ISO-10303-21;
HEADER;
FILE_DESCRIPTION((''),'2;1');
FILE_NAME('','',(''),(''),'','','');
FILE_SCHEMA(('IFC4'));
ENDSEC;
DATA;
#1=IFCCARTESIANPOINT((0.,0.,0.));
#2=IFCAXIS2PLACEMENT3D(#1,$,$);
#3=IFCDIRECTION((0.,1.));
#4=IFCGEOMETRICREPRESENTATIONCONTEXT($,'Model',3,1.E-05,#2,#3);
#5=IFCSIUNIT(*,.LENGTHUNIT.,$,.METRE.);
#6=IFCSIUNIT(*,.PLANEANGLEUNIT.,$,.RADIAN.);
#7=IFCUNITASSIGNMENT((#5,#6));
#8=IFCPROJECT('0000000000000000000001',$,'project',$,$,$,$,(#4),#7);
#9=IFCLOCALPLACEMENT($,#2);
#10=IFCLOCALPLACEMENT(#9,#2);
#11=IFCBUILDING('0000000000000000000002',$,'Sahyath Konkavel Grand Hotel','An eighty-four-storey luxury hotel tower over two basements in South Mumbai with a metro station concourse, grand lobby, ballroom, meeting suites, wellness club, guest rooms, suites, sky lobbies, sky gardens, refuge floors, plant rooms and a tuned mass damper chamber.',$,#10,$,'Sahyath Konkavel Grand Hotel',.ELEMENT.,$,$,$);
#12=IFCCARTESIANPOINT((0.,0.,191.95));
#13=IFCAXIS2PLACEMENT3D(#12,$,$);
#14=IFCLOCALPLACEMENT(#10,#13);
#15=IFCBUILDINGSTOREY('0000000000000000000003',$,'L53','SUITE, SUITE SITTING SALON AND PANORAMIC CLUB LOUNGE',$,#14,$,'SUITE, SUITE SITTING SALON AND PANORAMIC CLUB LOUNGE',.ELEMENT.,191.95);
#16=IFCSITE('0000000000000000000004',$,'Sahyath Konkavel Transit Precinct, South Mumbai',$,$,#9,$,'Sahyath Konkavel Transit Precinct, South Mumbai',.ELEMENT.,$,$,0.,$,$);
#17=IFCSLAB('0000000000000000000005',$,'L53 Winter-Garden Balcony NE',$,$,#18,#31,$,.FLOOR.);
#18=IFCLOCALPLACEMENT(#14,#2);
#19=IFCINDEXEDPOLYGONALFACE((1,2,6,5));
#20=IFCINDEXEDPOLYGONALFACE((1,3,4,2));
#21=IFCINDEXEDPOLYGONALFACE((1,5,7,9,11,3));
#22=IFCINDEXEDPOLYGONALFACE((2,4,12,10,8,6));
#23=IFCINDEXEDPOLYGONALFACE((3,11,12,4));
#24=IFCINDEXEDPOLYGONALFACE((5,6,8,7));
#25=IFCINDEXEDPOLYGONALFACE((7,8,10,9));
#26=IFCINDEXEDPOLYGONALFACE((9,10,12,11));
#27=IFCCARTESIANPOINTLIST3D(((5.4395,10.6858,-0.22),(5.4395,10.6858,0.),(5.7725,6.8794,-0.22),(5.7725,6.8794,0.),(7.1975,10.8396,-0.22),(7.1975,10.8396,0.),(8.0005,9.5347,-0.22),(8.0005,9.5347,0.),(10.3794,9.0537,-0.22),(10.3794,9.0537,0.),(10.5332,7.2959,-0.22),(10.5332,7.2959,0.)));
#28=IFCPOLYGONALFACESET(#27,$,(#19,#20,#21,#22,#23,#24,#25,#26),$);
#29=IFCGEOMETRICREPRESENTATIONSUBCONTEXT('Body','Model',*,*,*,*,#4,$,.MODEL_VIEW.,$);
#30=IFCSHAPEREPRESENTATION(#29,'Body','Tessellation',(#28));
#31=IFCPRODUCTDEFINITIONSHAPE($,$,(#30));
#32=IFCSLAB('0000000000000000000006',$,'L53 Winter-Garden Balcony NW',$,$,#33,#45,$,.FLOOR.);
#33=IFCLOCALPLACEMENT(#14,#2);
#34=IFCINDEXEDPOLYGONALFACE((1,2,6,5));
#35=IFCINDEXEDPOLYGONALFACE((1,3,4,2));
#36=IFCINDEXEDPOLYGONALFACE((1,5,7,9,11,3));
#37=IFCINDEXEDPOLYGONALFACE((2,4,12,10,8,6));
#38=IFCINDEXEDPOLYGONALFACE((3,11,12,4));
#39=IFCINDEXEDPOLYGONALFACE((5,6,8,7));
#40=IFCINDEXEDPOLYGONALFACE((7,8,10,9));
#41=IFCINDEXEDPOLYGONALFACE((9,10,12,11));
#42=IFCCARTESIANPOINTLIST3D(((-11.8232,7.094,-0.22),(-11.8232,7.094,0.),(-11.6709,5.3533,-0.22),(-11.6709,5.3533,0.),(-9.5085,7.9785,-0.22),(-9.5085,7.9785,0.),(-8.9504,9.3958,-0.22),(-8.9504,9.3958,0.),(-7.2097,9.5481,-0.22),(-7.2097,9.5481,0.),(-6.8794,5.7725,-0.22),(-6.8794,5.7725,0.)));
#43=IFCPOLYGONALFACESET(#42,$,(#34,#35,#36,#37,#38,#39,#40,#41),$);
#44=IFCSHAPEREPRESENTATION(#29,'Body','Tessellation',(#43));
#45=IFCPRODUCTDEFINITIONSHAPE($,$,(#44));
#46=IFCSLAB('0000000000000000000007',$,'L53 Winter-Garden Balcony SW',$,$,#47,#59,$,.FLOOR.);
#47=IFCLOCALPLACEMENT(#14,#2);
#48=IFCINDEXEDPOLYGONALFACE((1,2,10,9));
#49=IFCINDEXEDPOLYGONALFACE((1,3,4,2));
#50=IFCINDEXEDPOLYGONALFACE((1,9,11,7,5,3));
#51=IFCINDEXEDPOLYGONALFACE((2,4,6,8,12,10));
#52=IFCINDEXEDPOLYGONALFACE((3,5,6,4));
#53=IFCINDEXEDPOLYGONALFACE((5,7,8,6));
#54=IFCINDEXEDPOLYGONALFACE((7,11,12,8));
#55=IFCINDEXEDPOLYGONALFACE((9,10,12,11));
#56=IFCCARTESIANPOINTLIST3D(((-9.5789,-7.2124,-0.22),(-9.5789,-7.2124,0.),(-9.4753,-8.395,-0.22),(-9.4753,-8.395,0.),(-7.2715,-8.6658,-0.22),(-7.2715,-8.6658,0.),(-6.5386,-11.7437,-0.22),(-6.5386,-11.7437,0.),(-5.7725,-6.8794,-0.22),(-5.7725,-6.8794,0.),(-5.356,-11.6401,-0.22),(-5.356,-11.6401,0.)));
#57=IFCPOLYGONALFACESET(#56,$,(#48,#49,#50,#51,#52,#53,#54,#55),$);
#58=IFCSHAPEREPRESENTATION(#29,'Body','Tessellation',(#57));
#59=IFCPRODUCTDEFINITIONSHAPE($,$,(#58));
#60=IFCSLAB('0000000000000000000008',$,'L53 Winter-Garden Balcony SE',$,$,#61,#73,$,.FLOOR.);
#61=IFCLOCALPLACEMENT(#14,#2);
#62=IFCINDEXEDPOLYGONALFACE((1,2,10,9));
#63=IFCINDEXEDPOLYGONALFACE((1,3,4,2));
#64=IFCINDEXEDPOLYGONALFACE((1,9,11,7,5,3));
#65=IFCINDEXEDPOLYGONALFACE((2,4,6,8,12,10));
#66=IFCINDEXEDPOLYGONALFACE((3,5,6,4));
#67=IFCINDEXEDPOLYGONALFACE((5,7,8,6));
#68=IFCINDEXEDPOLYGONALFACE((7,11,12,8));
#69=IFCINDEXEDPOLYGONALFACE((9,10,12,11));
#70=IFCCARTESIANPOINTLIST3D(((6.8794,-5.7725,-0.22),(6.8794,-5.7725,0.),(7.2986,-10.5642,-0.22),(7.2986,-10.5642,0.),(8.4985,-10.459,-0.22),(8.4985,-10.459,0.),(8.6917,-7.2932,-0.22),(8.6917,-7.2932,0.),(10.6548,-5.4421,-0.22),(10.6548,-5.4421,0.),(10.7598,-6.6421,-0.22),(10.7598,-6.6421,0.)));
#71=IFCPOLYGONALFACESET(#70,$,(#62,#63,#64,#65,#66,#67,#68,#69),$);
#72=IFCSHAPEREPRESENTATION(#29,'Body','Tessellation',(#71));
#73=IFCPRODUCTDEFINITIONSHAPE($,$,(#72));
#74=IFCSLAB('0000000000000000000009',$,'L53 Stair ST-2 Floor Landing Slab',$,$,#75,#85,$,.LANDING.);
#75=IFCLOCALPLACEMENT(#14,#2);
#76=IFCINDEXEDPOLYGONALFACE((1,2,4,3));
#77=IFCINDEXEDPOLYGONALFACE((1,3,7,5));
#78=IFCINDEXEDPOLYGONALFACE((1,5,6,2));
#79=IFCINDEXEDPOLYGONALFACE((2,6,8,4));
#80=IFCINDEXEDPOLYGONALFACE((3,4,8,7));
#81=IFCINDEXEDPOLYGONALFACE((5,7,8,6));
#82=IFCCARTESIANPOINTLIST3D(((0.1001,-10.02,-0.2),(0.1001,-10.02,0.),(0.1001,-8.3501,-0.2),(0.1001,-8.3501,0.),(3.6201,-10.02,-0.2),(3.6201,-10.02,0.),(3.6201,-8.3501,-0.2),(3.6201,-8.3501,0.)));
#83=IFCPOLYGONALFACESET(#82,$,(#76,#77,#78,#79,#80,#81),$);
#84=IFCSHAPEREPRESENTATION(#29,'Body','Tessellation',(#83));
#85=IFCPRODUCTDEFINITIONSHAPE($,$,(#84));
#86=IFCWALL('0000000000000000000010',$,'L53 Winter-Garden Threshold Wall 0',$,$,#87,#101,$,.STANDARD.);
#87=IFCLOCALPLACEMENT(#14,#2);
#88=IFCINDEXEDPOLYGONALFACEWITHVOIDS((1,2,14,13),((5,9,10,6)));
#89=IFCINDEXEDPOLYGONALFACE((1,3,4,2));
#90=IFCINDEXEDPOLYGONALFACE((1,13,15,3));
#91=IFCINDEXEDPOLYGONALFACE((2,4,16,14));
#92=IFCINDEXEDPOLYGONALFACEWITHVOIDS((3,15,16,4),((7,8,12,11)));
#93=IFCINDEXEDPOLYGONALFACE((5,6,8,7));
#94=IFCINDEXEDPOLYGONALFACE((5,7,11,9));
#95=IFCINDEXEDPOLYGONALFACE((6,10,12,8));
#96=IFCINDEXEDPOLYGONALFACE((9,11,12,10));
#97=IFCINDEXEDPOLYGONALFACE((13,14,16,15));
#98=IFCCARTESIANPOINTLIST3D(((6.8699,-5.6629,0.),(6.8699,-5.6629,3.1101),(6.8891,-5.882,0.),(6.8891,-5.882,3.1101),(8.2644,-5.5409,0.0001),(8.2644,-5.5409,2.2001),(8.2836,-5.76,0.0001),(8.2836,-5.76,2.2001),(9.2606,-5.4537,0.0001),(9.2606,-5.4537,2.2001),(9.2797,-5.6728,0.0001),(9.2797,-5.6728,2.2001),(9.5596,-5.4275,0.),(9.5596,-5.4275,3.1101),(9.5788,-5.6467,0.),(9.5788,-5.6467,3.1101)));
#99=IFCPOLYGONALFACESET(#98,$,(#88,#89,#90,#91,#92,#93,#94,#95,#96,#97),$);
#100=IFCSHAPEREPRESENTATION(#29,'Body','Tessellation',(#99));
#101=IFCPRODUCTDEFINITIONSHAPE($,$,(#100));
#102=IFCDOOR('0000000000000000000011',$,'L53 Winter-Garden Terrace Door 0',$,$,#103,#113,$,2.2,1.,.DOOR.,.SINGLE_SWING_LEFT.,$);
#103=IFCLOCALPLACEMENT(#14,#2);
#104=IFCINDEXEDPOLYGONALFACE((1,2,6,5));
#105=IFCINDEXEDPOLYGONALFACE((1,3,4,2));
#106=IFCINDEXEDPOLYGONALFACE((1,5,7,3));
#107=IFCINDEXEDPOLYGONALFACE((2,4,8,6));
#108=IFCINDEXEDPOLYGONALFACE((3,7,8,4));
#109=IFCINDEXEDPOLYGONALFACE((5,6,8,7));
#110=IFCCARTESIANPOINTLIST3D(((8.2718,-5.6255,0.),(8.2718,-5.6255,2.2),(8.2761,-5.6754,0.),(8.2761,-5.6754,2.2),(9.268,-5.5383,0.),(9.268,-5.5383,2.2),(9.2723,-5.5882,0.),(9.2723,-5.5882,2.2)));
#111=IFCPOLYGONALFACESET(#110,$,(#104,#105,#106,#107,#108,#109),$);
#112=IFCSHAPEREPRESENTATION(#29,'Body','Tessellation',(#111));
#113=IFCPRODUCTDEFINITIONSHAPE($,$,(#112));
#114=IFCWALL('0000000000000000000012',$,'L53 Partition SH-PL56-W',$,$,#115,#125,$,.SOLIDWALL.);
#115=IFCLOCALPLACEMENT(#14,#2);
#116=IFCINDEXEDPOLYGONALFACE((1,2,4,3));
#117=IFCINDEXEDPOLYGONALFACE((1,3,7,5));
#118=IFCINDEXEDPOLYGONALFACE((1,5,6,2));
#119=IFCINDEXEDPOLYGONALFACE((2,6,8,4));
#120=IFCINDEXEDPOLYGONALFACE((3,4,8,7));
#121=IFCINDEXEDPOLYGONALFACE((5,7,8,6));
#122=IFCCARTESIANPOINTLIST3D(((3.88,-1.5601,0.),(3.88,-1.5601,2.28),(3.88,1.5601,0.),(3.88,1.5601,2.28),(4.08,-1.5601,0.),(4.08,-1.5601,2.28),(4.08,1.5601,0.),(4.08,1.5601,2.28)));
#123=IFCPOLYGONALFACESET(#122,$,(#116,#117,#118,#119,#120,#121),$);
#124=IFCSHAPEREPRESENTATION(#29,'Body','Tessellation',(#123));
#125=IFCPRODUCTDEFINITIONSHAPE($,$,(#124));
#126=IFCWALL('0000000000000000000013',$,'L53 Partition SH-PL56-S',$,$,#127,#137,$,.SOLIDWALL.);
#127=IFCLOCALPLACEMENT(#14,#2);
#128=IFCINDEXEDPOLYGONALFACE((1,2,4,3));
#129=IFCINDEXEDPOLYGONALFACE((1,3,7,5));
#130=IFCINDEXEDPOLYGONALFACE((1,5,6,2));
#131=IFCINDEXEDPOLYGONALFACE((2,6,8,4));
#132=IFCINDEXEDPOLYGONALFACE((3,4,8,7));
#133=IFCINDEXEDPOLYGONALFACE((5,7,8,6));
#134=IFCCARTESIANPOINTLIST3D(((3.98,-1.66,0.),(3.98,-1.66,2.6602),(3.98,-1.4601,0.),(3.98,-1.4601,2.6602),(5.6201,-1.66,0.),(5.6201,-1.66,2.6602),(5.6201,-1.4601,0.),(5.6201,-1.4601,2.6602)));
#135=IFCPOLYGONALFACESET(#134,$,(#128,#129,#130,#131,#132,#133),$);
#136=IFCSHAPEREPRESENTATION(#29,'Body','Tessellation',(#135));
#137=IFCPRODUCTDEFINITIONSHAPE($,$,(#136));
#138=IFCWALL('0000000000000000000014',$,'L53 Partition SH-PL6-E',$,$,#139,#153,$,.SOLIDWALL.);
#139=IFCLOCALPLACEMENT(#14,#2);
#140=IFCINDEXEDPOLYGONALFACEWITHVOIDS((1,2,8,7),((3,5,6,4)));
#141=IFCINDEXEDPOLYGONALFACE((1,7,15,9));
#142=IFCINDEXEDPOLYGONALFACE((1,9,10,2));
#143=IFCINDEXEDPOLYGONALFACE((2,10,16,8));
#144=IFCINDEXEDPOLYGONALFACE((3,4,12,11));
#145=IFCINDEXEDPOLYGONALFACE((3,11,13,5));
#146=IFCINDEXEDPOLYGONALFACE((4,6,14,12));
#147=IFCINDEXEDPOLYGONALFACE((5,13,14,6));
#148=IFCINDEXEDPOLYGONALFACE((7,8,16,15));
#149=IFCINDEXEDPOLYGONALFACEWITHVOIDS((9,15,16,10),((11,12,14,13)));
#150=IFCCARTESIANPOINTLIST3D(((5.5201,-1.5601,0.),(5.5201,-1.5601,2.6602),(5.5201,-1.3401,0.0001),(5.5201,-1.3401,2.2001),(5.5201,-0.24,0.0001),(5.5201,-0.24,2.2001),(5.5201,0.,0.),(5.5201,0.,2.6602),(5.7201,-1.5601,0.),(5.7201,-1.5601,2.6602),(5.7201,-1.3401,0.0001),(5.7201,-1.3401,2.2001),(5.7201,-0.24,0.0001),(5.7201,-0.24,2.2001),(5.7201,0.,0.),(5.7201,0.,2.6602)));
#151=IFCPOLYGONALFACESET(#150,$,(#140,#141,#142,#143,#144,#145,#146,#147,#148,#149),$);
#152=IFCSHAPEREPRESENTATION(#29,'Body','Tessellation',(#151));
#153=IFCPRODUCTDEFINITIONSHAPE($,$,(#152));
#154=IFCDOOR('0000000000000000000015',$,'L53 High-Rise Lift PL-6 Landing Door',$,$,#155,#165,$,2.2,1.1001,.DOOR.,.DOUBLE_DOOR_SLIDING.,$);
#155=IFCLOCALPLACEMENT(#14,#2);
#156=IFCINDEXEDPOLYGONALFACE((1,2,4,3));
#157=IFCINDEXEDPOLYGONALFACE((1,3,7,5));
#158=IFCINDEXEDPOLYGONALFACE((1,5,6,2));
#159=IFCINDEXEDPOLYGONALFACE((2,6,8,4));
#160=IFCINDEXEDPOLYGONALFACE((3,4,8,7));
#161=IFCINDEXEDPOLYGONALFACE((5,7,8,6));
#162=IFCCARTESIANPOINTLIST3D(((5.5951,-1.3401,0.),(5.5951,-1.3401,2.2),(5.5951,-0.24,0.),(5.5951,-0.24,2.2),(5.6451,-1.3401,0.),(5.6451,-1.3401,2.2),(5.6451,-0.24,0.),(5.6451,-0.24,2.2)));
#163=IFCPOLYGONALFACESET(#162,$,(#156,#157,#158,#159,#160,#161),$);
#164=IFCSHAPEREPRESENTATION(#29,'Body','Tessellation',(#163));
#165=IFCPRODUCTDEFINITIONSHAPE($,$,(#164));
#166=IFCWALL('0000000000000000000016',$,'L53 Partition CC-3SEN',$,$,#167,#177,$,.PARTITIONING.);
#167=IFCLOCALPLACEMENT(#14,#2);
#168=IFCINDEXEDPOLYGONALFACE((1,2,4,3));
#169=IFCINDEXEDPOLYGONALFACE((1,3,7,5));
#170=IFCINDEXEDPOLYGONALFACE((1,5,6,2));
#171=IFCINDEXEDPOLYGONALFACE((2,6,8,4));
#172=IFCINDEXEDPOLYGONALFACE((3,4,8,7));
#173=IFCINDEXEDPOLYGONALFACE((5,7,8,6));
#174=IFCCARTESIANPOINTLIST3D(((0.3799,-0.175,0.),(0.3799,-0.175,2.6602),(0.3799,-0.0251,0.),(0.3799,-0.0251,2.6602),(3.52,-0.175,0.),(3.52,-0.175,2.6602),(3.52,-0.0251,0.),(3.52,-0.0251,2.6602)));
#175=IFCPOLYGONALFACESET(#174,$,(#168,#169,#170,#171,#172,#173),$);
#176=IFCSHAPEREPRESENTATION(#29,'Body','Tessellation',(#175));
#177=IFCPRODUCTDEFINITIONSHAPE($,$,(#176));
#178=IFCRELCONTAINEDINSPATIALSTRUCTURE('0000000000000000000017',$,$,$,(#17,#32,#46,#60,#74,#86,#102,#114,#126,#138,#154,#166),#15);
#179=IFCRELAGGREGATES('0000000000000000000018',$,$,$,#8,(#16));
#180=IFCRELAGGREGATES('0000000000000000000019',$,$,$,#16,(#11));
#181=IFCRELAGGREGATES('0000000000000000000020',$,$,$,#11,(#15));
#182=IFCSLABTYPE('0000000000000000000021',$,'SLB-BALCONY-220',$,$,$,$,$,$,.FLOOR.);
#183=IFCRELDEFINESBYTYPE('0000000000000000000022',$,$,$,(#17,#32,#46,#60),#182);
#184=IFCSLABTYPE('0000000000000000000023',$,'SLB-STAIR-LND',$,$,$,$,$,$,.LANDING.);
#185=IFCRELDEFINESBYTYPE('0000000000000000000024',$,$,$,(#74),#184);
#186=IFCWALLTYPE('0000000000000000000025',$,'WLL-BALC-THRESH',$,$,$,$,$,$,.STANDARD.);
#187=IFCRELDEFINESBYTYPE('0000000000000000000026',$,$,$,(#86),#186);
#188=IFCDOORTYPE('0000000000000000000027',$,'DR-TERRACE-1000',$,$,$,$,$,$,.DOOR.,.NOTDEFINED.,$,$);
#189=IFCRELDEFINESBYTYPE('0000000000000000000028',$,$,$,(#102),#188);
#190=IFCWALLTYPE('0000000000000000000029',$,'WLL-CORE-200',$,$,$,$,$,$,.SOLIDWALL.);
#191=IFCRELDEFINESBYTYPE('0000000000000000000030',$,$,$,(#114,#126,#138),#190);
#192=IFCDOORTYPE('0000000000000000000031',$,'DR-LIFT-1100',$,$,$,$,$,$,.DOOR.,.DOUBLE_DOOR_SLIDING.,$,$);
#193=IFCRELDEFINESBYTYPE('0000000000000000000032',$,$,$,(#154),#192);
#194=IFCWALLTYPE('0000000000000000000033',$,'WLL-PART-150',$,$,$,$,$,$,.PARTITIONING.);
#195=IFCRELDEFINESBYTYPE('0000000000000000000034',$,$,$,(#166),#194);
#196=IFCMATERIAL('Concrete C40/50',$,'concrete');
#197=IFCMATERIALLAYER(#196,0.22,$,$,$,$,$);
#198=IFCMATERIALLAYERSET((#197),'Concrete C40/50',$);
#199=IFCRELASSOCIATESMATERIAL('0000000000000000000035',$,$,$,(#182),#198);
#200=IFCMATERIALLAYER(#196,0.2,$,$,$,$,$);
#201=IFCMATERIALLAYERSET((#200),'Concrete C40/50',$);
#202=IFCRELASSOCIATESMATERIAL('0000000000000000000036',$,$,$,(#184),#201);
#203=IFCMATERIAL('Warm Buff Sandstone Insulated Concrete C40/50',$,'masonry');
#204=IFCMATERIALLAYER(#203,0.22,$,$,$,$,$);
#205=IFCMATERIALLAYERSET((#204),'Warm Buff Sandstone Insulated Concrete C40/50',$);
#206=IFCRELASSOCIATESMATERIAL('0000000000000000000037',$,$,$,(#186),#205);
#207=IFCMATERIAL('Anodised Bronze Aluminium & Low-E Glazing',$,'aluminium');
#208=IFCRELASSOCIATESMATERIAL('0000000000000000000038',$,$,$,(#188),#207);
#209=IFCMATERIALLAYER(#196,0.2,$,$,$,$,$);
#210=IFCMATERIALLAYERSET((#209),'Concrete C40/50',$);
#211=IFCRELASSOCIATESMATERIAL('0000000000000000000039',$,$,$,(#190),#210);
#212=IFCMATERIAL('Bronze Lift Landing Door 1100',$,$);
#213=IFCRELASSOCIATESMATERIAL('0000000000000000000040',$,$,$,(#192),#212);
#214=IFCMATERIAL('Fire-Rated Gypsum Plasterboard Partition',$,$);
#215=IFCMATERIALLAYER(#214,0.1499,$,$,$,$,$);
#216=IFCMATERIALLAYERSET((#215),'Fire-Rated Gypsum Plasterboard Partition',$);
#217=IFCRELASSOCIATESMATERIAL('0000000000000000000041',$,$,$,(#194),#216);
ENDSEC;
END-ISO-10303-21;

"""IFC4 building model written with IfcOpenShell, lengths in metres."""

from ifc_helpers import new_model, si_unit, direction, frame, frame_2d, origin, origin_2d, place, context, subcontext, project, spatial, polyline, rectangle, outline, extrude, source, transform, mapped, material, layer, layer_set, type_object, element, fill, save


model = new_model("IFC4")

# Units and contexts
model_context = context("Model", 3, precision=1e-05, world=origin(), true_north=direction((0.0, 1.0)))
body_context = subcontext(model_context, "Body", "Model", "MODEL_VIEW")
ifc_project = project(units=[si_unit("LENGTHUNIT", "METRE"), si_unit("PLANEANGLEUNIT", "RADIAN")], contexts=[model_context])

# Site, building, storey
site_placement = place(None, origin())
site = spatial("IfcSite", under=ifc_project, at=site_placement, Name="Sahyath Konkavel Transit Precinct, South Mumbai", LongName="Sahyath Konkavel Transit Precinct, South Mumbai", CompositionType="ELEMENT", RefElevation=0.0)
building_placement = place(site_placement, origin())
building = spatial("IfcBuilding", under=site, at=building_placement, Name="Sahyath Konkavel Grand Hotel", Description="An eighty-four-storey luxury hotel tower over two basements in South Mumbai with a metro station concourse, grand lobby, ballroom, meeting suites, wellness club, guest rooms, suites, sky lobbies, sky gardens, refuge floors, plant rooms and a tuned mass damper chamber.", LongName="Sahyath Konkavel Grand Hotel", CompositionType="ELEMENT")
storey_placement = place(building_placement, frame((0.0, 0.0, 191.95)))
storey = spatial("IfcBuildingStorey", under=building, at=storey_placement, Name="L53", Description="SUITE, SUITE SITTING SALON AND PANORAMIC CLUB LOUNGE", LongName="SUITE, SUITE SITTING SALON AND PANORAMIC CLUB LOUNGE", CompositionType="ELEMENT", Elevation=191.95)

# Slabs
ifc_material_1 = material(Name="Concrete C40/50", Category="concrete")
ifc_layer_1 = layer(ifc_material_1, 0.22)
ifc_layer_set_1 = layer_set([ifc_layer_1], Name="Concrete C40/50")
slab_type_1 = type_object("IfcSlabType", Name="SLB-BALCONY-220", PredefinedType="FLOOR", material=ifc_layer_set_1)
slab_1_placement = place(storey_placement, frame((0.0, 0.0, -0.22)))
element("IfcSlab", 1, at=slab_1_placement, inside=storey, type_object=slab_type_1, Name="L53 Winter-Garden Balcony NE", PredefinedType="FLOOR", context=body_context, shape_type="SweptSolid", body=[
    extrude(outline(polyline([(5.7725, 6.8794), (10.5332, 7.2959), (10.3794, 9.0537), (8.0005, 9.5347), (7.1975, 10.8396), (5.4395, 10.6858), (5.7725, 6.8794)])), origin(), (0.0, 0.0, 1.0), 0.22),
])
slab_2_placement = place(storey_placement, frame((0.0, 0.0, -0.22)))
element("IfcSlab", 2, at=slab_2_placement, inside=storey, type_object=slab_type_1, Name="L53 Winter-Garden Balcony NW", PredefinedType="FLOOR", context=body_context, shape_type="SweptSolid", body=[
    extrude(outline(polyline([(-6.8794, 5.7725), (-7.2097, 9.5481), (-8.9504, 9.3958), (-9.5085, 7.9785), (-11.8232, 7.094), (-11.6709, 5.3533), (-6.8794, 5.7725)])), origin(), (0.0, 0.0, 1.0), 0.22),
])
slab_3_placement = place(storey_placement, frame((0.0, 0.0, -0.22)))
element("IfcSlab", 3, at=slab_3_placement, inside=storey, type_object=slab_type_1, Name="L53 Winter-Garden Balcony SW", PredefinedType="FLOOR", context=body_context, shape_type="SweptSolid", body=[
    extrude(outline(polyline([(-5.7725, -6.8794), (-9.5789, -7.2124), (-9.4753, -8.395), (-7.2715, -8.6658), (-6.5386, -11.7437), (-5.356, -11.6401), (-5.7725, -6.8794)])), origin(), (0.0, 0.0, 1.0), 0.22),
])
slab_4_placement = place(storey_placement, frame((0.0, 0.0, -0.22)))
element("IfcSlab", 4, at=slab_4_placement, inside=storey, type_object=slab_type_1, Name="L53 Winter-Garden Balcony SE", PredefinedType="FLOOR", context=body_context, shape_type="SweptSolid", body=[
    extrude(outline(polyline([(6.8794, -5.7725), (7.2986, -10.5642), (8.4985, -10.459), (8.6917, -7.2932), (10.7598, -6.6421), (10.6548, -5.4421), (6.8794, -5.7725)])), origin(), (0.0, 0.0, 1.0), 0.22),
])
ifc_layer_2 = layer(ifc_material_1, 0.2)
ifc_layer_set_2 = layer_set([ifc_layer_2], Name="Concrete C40/50")
slab_type_2 = type_object("IfcSlabType", Name="SLB-STAIR-LND", PredefinedType="LANDING", material=ifc_layer_set_2)
slab_5_placement = place(storey_placement, frame((0.0, 0.0, -0.2)))
element("IfcSlab", 5, at=slab_5_placement, inside=storey, type_object=slab_type_2, Name="L53 Stair ST-2 Floor Landing Slab", PredefinedType="LANDING", context=body_context, shape_type="SweptSolid", body=[
    extrude(outline(polyline([(0.1001, -10.02), (3.6201, -10.02), (3.6201, -8.3501), (0.1001, -8.3501), (0.1001, -10.02)])), origin(), (0.0, 0.0, 1.0), 0.2),
])

# Wall, opening, door
ifc_material_2 = material(Name="Warm Buff Sandstone Insulated Concrete C40/50", Category="masonry")
ifc_layer_3 = layer(ifc_material_2, 0.22)
ifc_layer_set_3 = layer_set([ifc_layer_3], Name="Warm Buff Sandstone Insulated Concrete C40/50")
wall_type_1 = type_object("IfcWallType", Name="WLL-BALC-THRESH", PredefinedType="STANDARD", material=ifc_layer_set_3)
wall_1_placement = place(storey_placement, frame((6.8794, -5.7725, 0.0), z_axis=(0.0, 0.0, 1.0), x_axis=(0.996194, 0.087168, 0.0)))
wall_1 = element("IfcWall", 6, at=wall_1_placement, inside=storey, type_object=wall_type_1, Name="L53 Winter-Garden Threshold Wall 0", PredefinedType="STANDARD", context=body_context, shape_type="SweptSolid", body=[
    extrude(rectangle(XDim=2.7, YDim=0.22, at=frame_2d((1.3501, 0.0))), origin(), (0.0, 0.0, 1.0), 3.1101),
])
opening_1_placement = place(wall_1_placement, frame((1.3999, 0.0, 0.0)))
opening_1 = element("IfcOpeningElement", 7, at=opening_1_placement, cuts=wall_1, PredefinedType="OPENING", context=body_context, shape_type="SweptSolid", body=[
    extrude(rectangle(XDim=1.0, YDim=2.2, at=frame_2d((0.5, 1.1001))), frame((0.0, 0.1201, 0.0), z_axis=(0.0, -1.0, 0.0), x_axis=(1.0, 0.0, 0.0)), (0.0, 0.0, 1.0), 0.24),
])
ifc_material_3 = material(Name="Anodised Bronze Aluminium & Low-E Glazing", Category="aluminium")
door_type_1 = type_object("IfcDoorType", Name="DR-TERRACE-1000", OperationType="NOTDEFINED", PredefinedType="DOOR", material=ifc_material_3)
shared_shape_1 = source(origin(), body_context, "Body", "SweptSolid", [
    extrude(rectangle(XDim=1.0, YDim=0.05, at=origin_2d()), origin(), (0.0, 0.0, 1.0), 2.2),
])
door_1_placement = place(opening_1_placement, frame((0.5, 0.0, 0.0)))
door_1 = element("IfcDoor", 8, at=door_1_placement, inside=storey, type_object=door_type_1, Name="L53 Winter-Garden Terrace Door 0", OperationType="SINGLE_SWING_LEFT", OverallHeight=2.2, OverallWidth=1.0, PredefinedType="DOOR", context=body_context, shape_type="MappedRepresentation", body=[
    mapped(shared_shape_1, transform((0.0, 0.0, 0.0), scale=1.0)),
])
fill(opening_1, door_1)

# Walls
ifc_layer_4 = layer(ifc_material_1, 0.2)
ifc_layer_set_4 = layer_set([ifc_layer_4], Name="Concrete C40/50")
wall_type_2 = type_object("IfcWallType", Name="WLL-CORE-200", PredefinedType="SOLIDWALL", material=ifc_layer_set_4)
wall_2_placement = place(storey_placement, frame((3.98, -1.5601, 0.0), z_axis=(0.0, 0.0, 1.0), x_axis=(0.0, 1.0, 0.0)))
element("IfcWall", 9, at=wall_2_placement, inside=storey, type_object=wall_type_2, Name="L53 Partition SH-PL56-W", PredefinedType="SOLIDWALL", context=body_context, shape_type="SweptSolid", body=[
    extrude(rectangle(XDim=3.1201, YDim=0.2, at=frame_2d((1.5601, 0.0))), origin(), (0.0, 0.0, 1.0), 2.28),
])
wall_3_placement = place(storey_placement, frame((3.98, -1.5601, 0.0), z_axis=(0.0, 0.0, 1.0), x_axis=(1.0, 0.0, 0.0)))
element("IfcWall", 10, at=wall_3_placement, inside=storey, type_object=wall_type_2, Name="L53 Partition SH-PL56-S", PredefinedType="SOLIDWALL", context=body_context, shape_type="SweptSolid", body=[
    extrude(rectangle(XDim=1.6401, YDim=0.2, at=frame_2d((0.8201, 0.0))), origin(), (0.0, 0.0, 1.0), 2.6602),
])

# Wall, opening, door
wall_4_placement = place(storey_placement, frame((5.6201, -1.5601, 0.0), z_axis=(0.0, 0.0, 1.0), x_axis=(0.0, 1.0, 0.0)))
wall_4 = element("IfcWall", 11, at=wall_4_placement, inside=storey, type_object=wall_type_2, Name="L53 Partition SH-PL6-E", PredefinedType="SOLIDWALL", context=body_context, shape_type="SweptSolid", body=[
    extrude(rectangle(XDim=1.5601, YDim=0.2, at=frame_2d((0.78, 0.0))), origin(), (0.0, 0.0, 1.0), 2.6602),
])
opening_2_placement = place(wall_4_placement, frame((0.22, 0.0, 0.0)))
opening_2 = element("IfcOpeningElement", 12, at=opening_2_placement, cuts=wall_4, PredefinedType="OPENING", context=body_context, shape_type="SweptSolid", body=[
    extrude(rectangle(XDim=1.1001, YDim=2.2, at=frame_2d((0.55, 1.1001))), frame((0.0, 0.1099, 0.0), z_axis=(0.0, -1.0, 0.0), x_axis=(1.0, 0.0, 0.0)), (0.0, 0.0, 1.0), 0.22),
])
ifc_material_4 = material(Name="Bronze Lift Landing Door 1100")
door_type_2 = type_object("IfcDoorType", Name="DR-LIFT-1100", OperationType="DOUBLE_DOOR_SLIDING", PredefinedType="DOOR", material=ifc_material_4)
shared_shape_2 = source(origin(), body_context, "Body", "SweptSolid", [
    extrude(rectangle(XDim=1.1001, YDim=0.05, at=origin_2d()), origin(), (0.0, 0.0, 1.0), 2.2),
])
door_2_placement = place(opening_2_placement, frame((0.55, 0.0, 0.0)))
door_2 = element("IfcDoor", 13, at=door_2_placement, inside=storey, type_object=door_type_2, Name="L53 High-Rise Lift PL-6 Landing Door", OperationType="DOUBLE_DOOR_SLIDING", OverallHeight=2.2, OverallWidth=1.1001, PredefinedType="DOOR", context=body_context, shape_type="MappedRepresentation", body=[
    mapped(shared_shape_2, transform((0.0, 0.0, 0.0), scale=1.0)),
])
fill(opening_2, door_2)

# Wall
ifc_material_5 = material(Name="Fire-Rated Gypsum Plasterboard Partition")
ifc_layer_5 = layer(ifc_material_5, 0.1499)
ifc_layer_set_5 = layer_set([ifc_layer_5], Name="Fire-Rated Gypsum Plasterboard Partition")
wall_type_3 = type_object("IfcWallType", Name="WLL-PART-150", PredefinedType="PARTITIONING", material=ifc_layer_set_5)
wall_5_placement = place(storey_placement, frame((0.3799, -0.1001, 0.0), z_axis=(0.0, 0.0, 1.0), x_axis=(1.0, 0.0, 0.0)))
element("IfcWall", 14, at=wall_5_placement, inside=storey, type_object=wall_type_3, Name="L53 Partition CC-3SEN", PredefinedType="PARTITIONING", context=body_context, shape_type="SweptSolid", body=[
    extrude(rectangle(XDim=3.1401, YDim=0.1499, at=frame_2d((1.5701, 0.0))), origin(), (0.0, 0.0, 1.0), 2.6602),
])

save(model, "model.ifc")
